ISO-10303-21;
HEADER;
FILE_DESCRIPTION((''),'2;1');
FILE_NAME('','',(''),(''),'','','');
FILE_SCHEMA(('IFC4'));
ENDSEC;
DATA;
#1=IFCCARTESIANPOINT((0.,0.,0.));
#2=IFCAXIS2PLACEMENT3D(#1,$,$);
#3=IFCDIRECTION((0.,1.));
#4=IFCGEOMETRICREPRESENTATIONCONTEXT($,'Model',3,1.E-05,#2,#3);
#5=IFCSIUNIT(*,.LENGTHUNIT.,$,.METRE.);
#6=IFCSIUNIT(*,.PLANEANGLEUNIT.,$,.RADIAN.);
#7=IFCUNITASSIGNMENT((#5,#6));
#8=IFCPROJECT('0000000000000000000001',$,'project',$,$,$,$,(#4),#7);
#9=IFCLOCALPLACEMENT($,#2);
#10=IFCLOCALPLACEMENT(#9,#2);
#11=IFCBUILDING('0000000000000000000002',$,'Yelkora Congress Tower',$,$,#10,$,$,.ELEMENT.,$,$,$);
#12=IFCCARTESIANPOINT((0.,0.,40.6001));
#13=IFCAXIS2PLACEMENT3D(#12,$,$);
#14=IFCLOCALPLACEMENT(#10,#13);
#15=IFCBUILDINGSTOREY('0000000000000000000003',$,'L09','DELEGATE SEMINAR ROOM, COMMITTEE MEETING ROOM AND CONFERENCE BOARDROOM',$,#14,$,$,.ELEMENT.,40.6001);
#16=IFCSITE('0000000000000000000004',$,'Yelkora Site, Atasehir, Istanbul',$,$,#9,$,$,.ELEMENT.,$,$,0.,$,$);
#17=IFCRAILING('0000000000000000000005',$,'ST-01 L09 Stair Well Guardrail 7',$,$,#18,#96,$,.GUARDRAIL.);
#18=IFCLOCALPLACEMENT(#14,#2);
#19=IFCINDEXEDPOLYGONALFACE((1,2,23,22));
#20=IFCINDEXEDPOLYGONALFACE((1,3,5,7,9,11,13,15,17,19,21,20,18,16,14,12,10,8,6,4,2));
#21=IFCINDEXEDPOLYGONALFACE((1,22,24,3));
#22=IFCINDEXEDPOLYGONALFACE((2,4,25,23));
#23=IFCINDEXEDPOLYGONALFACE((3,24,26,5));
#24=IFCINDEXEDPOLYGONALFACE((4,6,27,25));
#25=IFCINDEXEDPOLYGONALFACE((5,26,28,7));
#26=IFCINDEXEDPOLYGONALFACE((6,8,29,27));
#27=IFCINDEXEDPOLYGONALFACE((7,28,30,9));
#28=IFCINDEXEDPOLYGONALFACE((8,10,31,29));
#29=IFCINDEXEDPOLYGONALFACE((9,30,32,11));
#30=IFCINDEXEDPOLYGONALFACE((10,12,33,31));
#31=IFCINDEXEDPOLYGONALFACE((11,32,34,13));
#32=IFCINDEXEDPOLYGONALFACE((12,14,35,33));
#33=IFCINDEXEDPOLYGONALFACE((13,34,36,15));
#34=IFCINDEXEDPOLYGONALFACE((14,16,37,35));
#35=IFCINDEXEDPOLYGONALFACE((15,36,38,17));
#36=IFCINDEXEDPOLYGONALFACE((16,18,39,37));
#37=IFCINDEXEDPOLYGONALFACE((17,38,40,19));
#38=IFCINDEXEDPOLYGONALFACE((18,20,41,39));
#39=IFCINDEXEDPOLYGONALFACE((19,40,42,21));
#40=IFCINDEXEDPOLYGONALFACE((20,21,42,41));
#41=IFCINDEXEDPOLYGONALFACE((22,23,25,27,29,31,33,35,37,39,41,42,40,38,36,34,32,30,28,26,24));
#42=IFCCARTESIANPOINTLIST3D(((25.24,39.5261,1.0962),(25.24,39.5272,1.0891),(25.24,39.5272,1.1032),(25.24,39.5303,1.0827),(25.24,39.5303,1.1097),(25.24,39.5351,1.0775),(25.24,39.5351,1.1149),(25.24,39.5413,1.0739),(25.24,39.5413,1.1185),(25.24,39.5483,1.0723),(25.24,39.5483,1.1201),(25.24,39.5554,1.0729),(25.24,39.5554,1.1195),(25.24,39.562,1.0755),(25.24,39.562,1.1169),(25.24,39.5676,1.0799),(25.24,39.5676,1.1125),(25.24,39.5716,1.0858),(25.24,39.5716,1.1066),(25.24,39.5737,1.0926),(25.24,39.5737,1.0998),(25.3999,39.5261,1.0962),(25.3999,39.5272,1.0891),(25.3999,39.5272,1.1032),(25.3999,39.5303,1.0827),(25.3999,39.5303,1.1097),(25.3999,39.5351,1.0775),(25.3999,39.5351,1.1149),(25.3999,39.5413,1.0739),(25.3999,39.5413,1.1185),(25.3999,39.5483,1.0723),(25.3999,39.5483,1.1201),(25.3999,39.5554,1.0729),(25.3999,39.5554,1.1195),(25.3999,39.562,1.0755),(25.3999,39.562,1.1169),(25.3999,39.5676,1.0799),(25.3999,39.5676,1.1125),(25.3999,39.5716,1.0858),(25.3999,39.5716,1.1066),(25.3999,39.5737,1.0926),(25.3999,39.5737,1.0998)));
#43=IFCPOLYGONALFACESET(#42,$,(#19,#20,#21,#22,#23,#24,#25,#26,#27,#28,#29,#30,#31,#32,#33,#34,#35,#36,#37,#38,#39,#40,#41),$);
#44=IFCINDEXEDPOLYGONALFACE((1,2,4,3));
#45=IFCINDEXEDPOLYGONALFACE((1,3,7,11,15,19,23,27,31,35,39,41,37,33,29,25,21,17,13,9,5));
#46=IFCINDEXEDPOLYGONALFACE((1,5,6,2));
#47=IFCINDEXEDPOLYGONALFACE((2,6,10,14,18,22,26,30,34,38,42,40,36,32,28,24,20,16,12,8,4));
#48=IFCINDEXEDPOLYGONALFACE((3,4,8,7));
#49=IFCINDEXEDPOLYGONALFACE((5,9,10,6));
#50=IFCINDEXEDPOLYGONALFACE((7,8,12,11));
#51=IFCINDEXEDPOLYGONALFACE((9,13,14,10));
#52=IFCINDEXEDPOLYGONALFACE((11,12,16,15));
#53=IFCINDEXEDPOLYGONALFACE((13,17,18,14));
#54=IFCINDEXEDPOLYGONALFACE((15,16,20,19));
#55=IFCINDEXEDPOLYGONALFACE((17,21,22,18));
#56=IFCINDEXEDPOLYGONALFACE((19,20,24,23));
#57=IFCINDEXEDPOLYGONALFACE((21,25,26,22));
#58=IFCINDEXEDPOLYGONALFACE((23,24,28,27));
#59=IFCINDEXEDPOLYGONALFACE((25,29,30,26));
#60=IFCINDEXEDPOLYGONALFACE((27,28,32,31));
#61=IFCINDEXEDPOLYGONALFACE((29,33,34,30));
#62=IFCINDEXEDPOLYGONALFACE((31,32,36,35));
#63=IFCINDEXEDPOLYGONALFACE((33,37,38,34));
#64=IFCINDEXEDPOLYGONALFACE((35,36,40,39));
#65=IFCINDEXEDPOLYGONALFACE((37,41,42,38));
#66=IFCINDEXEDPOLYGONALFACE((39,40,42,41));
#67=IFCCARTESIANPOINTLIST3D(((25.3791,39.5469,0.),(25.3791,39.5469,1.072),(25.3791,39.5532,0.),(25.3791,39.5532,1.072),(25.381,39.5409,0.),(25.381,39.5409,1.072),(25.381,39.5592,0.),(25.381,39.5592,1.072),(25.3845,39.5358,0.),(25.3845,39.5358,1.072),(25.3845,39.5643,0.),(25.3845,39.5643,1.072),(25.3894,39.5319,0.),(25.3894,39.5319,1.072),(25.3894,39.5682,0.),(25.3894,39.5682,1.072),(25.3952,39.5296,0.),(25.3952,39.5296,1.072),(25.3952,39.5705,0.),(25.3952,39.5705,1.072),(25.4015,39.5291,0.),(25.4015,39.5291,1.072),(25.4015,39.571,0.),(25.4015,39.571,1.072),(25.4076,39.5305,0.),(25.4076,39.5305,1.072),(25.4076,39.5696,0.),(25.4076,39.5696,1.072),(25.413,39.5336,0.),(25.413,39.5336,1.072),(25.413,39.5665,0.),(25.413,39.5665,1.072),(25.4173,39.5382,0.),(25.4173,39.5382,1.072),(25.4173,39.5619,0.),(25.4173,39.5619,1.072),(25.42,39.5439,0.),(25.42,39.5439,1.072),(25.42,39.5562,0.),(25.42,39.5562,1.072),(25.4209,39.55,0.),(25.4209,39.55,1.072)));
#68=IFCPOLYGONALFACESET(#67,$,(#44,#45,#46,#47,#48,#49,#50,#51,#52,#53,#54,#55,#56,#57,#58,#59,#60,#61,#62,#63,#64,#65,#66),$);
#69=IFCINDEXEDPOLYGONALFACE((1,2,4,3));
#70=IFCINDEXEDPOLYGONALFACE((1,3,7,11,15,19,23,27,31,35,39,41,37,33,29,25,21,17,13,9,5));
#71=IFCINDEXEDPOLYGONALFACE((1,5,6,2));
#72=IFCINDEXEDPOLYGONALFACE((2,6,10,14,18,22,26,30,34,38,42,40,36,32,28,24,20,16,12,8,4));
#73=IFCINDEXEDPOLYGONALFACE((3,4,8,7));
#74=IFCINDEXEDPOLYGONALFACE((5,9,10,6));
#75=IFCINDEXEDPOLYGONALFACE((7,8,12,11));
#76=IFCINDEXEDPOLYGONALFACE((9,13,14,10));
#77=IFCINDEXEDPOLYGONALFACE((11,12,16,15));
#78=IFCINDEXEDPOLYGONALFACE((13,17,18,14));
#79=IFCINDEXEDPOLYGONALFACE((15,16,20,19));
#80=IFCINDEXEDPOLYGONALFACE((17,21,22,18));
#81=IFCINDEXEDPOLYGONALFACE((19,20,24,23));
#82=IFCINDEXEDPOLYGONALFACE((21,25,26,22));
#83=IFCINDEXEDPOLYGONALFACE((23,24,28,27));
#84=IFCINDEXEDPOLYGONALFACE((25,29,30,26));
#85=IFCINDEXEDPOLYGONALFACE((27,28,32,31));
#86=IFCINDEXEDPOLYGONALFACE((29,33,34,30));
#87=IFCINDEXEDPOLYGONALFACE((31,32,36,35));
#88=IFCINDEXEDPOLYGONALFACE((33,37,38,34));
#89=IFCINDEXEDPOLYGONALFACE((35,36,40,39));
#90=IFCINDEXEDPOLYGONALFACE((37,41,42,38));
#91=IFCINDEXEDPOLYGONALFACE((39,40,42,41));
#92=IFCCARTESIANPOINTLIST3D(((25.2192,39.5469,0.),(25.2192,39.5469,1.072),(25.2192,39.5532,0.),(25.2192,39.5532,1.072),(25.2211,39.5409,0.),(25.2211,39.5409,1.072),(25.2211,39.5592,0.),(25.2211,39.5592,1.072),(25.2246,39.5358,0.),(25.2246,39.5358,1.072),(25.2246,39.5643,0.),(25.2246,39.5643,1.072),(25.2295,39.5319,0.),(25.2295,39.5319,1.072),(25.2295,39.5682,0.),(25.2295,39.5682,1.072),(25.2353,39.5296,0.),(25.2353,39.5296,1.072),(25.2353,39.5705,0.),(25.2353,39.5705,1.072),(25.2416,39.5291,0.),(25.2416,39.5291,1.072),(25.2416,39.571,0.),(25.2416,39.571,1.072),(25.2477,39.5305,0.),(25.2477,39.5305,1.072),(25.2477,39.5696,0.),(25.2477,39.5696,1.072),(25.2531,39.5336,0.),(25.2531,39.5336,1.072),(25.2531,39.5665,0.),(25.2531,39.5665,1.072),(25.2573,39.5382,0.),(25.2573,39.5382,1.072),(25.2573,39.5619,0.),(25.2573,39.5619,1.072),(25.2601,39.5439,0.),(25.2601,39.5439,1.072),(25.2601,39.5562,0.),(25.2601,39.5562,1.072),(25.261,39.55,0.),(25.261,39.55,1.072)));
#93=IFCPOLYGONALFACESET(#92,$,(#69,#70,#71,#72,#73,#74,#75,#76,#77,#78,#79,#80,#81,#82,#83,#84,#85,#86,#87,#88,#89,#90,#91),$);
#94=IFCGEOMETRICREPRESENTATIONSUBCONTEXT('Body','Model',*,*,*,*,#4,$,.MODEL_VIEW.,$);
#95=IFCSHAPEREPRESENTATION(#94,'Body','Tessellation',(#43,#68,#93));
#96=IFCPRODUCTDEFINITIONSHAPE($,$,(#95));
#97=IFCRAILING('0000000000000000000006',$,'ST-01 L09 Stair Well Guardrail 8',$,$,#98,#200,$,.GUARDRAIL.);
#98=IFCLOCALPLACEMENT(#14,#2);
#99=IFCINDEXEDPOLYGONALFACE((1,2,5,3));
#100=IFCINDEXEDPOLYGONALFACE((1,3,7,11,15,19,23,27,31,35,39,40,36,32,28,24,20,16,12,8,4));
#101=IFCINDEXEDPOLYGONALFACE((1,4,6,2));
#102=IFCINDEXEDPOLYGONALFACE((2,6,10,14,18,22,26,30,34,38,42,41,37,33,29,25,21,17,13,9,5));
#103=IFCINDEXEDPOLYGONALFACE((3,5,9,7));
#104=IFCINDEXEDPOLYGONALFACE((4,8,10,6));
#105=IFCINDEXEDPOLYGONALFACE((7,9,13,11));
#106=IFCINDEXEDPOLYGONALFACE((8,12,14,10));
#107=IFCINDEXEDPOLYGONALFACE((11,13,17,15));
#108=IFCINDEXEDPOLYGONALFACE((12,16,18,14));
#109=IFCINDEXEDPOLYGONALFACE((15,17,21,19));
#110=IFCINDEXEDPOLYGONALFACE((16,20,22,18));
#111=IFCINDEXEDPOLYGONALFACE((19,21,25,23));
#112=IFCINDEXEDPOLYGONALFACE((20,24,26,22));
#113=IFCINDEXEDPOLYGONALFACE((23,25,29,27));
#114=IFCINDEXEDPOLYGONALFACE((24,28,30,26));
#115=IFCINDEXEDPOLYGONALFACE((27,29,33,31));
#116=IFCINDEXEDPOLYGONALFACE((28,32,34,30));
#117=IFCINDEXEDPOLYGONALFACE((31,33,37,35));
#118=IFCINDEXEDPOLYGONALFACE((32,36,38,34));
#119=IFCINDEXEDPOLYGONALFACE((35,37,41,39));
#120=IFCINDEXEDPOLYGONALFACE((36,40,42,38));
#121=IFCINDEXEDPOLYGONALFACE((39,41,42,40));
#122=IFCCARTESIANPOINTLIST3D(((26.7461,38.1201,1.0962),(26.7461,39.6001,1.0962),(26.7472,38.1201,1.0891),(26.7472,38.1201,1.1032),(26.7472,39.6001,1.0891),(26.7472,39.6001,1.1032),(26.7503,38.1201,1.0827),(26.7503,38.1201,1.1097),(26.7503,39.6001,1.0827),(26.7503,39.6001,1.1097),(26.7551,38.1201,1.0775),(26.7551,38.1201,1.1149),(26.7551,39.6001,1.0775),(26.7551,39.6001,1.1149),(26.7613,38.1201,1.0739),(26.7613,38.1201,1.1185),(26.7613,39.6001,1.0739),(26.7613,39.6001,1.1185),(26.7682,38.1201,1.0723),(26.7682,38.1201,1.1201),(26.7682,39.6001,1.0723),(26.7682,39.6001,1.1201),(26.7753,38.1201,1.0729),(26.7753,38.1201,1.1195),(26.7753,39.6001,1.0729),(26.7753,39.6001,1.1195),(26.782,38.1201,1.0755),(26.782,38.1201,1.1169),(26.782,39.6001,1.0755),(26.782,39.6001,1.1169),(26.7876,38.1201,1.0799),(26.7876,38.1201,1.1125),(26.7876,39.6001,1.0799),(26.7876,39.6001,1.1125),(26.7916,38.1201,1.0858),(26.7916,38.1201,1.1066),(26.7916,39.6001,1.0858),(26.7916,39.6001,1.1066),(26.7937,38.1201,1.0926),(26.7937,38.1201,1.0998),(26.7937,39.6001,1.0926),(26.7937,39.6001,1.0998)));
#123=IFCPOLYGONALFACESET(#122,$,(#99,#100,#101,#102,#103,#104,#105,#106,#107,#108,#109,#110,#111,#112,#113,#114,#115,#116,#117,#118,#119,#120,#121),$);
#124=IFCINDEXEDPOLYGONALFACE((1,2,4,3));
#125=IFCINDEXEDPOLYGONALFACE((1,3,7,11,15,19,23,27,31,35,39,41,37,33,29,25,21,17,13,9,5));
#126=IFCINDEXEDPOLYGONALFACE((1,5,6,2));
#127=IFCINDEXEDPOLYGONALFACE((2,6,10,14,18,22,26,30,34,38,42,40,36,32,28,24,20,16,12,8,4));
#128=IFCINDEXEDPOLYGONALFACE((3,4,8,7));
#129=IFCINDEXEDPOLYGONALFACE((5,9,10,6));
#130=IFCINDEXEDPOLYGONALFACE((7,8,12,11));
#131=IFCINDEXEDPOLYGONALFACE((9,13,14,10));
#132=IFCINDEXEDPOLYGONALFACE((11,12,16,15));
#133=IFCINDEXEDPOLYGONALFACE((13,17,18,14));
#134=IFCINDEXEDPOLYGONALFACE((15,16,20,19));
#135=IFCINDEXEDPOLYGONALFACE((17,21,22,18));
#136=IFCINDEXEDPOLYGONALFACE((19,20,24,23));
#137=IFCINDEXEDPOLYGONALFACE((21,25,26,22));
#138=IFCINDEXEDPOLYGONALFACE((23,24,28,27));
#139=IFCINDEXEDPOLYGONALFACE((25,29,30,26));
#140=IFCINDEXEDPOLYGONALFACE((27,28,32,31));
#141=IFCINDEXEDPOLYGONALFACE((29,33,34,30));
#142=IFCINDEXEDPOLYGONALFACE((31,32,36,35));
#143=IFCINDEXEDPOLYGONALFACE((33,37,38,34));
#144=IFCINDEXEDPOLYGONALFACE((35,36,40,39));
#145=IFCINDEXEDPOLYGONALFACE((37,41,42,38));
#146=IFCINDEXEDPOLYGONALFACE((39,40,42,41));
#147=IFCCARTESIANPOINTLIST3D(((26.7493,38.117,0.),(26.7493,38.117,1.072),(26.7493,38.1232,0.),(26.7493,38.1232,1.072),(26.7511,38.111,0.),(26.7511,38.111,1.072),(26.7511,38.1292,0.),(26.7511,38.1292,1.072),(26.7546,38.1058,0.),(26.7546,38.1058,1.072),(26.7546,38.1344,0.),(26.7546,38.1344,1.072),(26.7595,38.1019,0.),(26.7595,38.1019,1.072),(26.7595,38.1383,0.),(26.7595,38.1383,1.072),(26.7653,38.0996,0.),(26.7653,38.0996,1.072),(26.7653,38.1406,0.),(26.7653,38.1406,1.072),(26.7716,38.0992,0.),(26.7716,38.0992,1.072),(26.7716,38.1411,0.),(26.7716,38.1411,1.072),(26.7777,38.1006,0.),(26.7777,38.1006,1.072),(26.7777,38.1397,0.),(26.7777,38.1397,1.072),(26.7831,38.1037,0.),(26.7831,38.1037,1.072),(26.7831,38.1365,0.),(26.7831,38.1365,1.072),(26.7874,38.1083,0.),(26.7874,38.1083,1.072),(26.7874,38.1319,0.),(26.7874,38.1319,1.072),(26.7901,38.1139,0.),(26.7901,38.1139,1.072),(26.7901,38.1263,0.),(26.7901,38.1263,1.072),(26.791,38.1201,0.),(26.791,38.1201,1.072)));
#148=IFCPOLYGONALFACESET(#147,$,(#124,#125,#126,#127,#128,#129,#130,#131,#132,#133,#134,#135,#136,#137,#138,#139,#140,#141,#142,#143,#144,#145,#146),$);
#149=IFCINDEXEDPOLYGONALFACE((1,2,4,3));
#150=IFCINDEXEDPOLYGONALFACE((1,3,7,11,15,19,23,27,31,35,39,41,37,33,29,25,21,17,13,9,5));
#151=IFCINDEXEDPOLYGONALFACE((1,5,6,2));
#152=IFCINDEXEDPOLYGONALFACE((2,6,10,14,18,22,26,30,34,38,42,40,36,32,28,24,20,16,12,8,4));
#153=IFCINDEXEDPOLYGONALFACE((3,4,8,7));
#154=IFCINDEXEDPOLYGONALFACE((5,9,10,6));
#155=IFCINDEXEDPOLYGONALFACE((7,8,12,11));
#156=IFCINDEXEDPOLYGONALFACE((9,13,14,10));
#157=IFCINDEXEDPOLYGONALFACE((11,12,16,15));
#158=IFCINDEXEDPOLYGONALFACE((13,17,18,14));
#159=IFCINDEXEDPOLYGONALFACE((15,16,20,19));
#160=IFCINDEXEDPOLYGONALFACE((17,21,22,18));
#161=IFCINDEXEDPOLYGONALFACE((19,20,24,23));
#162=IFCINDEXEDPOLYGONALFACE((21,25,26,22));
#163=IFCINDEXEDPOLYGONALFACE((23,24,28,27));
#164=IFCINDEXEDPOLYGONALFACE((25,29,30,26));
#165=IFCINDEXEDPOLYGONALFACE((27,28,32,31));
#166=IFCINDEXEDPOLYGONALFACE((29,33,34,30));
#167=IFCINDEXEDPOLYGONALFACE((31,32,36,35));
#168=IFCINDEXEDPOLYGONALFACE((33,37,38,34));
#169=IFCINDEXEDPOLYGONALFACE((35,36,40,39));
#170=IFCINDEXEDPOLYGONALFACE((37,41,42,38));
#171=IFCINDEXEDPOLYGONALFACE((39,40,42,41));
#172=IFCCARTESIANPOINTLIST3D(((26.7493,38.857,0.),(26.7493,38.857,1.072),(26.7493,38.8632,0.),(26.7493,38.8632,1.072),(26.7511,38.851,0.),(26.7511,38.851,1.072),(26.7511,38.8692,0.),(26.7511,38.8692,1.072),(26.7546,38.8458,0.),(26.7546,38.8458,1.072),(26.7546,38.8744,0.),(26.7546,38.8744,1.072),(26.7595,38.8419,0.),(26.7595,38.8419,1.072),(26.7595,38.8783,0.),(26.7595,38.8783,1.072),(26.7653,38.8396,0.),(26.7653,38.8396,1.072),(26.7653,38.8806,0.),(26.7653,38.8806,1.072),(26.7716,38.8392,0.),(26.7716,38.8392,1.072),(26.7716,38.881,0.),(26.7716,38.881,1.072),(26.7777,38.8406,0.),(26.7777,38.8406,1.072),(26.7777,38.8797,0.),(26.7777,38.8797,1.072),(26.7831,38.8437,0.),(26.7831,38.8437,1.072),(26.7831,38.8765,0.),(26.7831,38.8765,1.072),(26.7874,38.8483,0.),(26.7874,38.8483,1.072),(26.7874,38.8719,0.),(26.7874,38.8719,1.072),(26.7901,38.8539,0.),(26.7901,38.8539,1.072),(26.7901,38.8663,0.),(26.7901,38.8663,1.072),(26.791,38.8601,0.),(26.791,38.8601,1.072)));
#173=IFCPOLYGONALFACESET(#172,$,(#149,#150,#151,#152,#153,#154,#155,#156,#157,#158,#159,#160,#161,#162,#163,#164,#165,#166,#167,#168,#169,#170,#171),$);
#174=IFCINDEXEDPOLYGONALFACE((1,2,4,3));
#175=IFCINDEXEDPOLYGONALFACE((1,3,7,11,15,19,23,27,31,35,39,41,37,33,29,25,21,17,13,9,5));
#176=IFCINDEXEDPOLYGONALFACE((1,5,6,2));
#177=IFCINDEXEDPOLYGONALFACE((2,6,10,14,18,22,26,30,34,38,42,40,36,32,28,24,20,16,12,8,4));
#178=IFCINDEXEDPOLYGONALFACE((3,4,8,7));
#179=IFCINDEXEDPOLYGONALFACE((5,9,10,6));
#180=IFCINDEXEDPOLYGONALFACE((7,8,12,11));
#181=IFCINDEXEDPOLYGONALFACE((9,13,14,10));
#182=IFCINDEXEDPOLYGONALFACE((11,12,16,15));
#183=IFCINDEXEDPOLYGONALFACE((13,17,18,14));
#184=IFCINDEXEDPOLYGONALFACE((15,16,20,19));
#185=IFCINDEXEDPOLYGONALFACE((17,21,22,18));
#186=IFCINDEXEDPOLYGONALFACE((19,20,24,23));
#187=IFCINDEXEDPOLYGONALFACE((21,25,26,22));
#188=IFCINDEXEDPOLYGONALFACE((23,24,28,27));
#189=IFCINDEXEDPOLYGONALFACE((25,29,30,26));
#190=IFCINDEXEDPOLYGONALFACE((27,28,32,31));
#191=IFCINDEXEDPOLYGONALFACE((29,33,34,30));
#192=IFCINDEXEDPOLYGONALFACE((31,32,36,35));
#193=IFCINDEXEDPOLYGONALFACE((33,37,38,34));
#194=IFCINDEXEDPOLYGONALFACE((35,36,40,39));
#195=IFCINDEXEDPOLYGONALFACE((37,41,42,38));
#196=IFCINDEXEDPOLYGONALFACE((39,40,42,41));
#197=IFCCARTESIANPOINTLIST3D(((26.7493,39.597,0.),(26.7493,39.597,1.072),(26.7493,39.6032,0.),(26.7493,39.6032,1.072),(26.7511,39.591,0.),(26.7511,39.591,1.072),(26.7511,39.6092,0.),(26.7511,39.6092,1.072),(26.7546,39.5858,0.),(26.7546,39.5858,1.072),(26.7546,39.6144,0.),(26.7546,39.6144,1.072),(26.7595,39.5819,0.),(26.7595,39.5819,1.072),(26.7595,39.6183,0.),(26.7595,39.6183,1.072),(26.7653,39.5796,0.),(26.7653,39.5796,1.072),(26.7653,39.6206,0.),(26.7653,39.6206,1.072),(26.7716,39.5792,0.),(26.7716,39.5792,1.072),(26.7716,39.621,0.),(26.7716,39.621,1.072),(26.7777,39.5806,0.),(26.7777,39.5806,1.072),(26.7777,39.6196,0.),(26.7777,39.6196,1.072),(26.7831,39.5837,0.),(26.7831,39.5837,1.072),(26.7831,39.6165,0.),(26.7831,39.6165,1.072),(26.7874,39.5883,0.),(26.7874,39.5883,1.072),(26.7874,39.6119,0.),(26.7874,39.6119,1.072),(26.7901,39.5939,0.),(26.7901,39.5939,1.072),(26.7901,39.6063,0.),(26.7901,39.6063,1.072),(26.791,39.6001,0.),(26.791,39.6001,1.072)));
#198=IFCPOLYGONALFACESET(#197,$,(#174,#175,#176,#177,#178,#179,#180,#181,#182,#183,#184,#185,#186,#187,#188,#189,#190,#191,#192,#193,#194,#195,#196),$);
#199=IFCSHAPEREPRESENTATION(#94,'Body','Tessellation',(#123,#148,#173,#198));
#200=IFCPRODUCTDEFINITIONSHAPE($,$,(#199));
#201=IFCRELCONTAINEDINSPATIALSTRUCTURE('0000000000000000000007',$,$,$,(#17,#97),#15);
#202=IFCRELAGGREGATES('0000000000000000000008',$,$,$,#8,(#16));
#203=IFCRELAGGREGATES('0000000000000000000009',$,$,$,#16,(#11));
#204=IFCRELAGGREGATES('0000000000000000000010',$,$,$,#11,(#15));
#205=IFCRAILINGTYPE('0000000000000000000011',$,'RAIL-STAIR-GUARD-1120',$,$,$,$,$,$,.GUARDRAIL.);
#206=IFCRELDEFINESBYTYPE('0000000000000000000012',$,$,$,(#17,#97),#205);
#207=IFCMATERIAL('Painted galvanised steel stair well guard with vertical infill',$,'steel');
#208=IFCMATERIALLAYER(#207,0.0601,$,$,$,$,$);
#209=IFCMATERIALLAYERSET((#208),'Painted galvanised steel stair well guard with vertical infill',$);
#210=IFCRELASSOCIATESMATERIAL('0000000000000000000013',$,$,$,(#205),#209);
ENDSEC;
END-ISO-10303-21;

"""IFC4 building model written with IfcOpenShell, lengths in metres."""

from ifc_helpers import new_model, si_unit, direction, frame, origin, origin_2d, place, context, subcontext, project, spatial, circle, extrude, material, layer, layer_set, type_object, element, save


model = new_model("IFC4")

# Units and contexts
model_context = context("Model", 3, precision=1e-05, world=origin(), true_north=direction((0.0, 1.0)))
body_context = subcontext(model_context, "Body", "Model", "MODEL_VIEW")
ifc_project = project(units=[si_unit("LENGTHUNIT", "METRE"), si_unit("PLANEANGLEUNIT", "RADIAN")], contexts=[model_context])

# Site, building, storey
site_placement = place(None, origin())
site = spatial("IfcSite", under=ifc_project, at=site_placement, Name="Yelkora Site, Atasehir, Istanbul", CompositionType="ELEMENT", RefElevation=0.0)
building_placement = place(site_placement, origin())
building = spatial("IfcBuilding", under=site, at=building_placement, Name="Yelkora Congress Tower", CompositionType="ELEMENT")
storey_placement = place(building_placement, frame((0.0, 0.0, 40.6001)))
storey = spatial("IfcBuildingStorey", under=building, at=storey_placement, Name="L09", Description="DELEGATE SEMINAR ROOM, COMMITTEE MEETING ROOM AND CONFERENCE BOARDROOM", CompositionType="ELEMENT", Elevation=40.6001)

# Railings
ifc_material_1 = material(Name="Painted galvanised steel stair well guard with vertical infill", Category="steel")
ifc_layer_1 = layer(ifc_material_1, 0.0601)
ifc_layer_set_1 = layer_set([ifc_layer_1], Name="Painted galvanised steel stair well guard with vertical infill")
railing_type_1 = type_object("IfcRailingType", Name="RAIL-STAIR-GUARD-1120", PredefinedType="GUARDRAIL", material=ifc_layer_set_1)
railing_1_placement = place(storey_placement, frame((25.3999, 39.55, 0.0)))
element("IfcRailing", 1, at=railing_1_placement, inside=storey, type_object=railing_type_1, Name="ST-01 L09 Stair Well Guardrail 7", PredefinedType="GUARDRAIL", context=body_context, shape_type="SweptSolid", body=[
    extrude(circle(Radius=0.0239, at=origin_2d()), frame((0.0, 0.0, 1.0962), z_axis=(-1.0, 0.0, 0.0), x_axis=(0.0, -1.0, 0.0)), (0.0, 0.0, 1.0), 0.1599),
    extrude(circle(Radius=0.021, at=origin_2d()), origin(), (0.0, 0.0, 1.0), 1.072),
    extrude(circle(Radius=0.021, at=origin_2d()), frame((-0.1599, 0.0, 0.0)), (0.0, 0.0, 1.0), 1.072),
])
for number, where, name in (
    (2, (26.77, 38.1201, 0.0), "ST-01 L09 Stair Well Guardrail 8"),
):
    element("IfcRailing", number, at=place(storey_placement, frame(where)), inside=storey, type_object=railing_type_1, Name=name, PredefinedType="GUARDRAIL", context=body_context, shape_type="SweptSolid", body=[
        extrude(circle(Radius=0.0239, at=origin_2d()), frame((0.0, 0.0, 1.0962), z_axis=(0.0, 1.0, 0.0), x_axis=(-1.0, 0.0, 0.0)), (0.0, 0.0, 1.0), 1.48),
        extrude(circle(Radius=0.021, at=origin_2d()), origin(), (0.0, 0.0, 1.0), 1.072),
        extrude(circle(Radius=0.021, at=origin_2d()), frame((0.0, 0.74, 0.0)), (0.0, 0.0, 1.0), 1.072),
        extrude(circle(Radius=0.021, at=origin_2d()), frame((0.0, 1.48, 0.0)), (0.0, 0.0, 1.0), 1.072),
    ])

save(model, "model.ifc")
